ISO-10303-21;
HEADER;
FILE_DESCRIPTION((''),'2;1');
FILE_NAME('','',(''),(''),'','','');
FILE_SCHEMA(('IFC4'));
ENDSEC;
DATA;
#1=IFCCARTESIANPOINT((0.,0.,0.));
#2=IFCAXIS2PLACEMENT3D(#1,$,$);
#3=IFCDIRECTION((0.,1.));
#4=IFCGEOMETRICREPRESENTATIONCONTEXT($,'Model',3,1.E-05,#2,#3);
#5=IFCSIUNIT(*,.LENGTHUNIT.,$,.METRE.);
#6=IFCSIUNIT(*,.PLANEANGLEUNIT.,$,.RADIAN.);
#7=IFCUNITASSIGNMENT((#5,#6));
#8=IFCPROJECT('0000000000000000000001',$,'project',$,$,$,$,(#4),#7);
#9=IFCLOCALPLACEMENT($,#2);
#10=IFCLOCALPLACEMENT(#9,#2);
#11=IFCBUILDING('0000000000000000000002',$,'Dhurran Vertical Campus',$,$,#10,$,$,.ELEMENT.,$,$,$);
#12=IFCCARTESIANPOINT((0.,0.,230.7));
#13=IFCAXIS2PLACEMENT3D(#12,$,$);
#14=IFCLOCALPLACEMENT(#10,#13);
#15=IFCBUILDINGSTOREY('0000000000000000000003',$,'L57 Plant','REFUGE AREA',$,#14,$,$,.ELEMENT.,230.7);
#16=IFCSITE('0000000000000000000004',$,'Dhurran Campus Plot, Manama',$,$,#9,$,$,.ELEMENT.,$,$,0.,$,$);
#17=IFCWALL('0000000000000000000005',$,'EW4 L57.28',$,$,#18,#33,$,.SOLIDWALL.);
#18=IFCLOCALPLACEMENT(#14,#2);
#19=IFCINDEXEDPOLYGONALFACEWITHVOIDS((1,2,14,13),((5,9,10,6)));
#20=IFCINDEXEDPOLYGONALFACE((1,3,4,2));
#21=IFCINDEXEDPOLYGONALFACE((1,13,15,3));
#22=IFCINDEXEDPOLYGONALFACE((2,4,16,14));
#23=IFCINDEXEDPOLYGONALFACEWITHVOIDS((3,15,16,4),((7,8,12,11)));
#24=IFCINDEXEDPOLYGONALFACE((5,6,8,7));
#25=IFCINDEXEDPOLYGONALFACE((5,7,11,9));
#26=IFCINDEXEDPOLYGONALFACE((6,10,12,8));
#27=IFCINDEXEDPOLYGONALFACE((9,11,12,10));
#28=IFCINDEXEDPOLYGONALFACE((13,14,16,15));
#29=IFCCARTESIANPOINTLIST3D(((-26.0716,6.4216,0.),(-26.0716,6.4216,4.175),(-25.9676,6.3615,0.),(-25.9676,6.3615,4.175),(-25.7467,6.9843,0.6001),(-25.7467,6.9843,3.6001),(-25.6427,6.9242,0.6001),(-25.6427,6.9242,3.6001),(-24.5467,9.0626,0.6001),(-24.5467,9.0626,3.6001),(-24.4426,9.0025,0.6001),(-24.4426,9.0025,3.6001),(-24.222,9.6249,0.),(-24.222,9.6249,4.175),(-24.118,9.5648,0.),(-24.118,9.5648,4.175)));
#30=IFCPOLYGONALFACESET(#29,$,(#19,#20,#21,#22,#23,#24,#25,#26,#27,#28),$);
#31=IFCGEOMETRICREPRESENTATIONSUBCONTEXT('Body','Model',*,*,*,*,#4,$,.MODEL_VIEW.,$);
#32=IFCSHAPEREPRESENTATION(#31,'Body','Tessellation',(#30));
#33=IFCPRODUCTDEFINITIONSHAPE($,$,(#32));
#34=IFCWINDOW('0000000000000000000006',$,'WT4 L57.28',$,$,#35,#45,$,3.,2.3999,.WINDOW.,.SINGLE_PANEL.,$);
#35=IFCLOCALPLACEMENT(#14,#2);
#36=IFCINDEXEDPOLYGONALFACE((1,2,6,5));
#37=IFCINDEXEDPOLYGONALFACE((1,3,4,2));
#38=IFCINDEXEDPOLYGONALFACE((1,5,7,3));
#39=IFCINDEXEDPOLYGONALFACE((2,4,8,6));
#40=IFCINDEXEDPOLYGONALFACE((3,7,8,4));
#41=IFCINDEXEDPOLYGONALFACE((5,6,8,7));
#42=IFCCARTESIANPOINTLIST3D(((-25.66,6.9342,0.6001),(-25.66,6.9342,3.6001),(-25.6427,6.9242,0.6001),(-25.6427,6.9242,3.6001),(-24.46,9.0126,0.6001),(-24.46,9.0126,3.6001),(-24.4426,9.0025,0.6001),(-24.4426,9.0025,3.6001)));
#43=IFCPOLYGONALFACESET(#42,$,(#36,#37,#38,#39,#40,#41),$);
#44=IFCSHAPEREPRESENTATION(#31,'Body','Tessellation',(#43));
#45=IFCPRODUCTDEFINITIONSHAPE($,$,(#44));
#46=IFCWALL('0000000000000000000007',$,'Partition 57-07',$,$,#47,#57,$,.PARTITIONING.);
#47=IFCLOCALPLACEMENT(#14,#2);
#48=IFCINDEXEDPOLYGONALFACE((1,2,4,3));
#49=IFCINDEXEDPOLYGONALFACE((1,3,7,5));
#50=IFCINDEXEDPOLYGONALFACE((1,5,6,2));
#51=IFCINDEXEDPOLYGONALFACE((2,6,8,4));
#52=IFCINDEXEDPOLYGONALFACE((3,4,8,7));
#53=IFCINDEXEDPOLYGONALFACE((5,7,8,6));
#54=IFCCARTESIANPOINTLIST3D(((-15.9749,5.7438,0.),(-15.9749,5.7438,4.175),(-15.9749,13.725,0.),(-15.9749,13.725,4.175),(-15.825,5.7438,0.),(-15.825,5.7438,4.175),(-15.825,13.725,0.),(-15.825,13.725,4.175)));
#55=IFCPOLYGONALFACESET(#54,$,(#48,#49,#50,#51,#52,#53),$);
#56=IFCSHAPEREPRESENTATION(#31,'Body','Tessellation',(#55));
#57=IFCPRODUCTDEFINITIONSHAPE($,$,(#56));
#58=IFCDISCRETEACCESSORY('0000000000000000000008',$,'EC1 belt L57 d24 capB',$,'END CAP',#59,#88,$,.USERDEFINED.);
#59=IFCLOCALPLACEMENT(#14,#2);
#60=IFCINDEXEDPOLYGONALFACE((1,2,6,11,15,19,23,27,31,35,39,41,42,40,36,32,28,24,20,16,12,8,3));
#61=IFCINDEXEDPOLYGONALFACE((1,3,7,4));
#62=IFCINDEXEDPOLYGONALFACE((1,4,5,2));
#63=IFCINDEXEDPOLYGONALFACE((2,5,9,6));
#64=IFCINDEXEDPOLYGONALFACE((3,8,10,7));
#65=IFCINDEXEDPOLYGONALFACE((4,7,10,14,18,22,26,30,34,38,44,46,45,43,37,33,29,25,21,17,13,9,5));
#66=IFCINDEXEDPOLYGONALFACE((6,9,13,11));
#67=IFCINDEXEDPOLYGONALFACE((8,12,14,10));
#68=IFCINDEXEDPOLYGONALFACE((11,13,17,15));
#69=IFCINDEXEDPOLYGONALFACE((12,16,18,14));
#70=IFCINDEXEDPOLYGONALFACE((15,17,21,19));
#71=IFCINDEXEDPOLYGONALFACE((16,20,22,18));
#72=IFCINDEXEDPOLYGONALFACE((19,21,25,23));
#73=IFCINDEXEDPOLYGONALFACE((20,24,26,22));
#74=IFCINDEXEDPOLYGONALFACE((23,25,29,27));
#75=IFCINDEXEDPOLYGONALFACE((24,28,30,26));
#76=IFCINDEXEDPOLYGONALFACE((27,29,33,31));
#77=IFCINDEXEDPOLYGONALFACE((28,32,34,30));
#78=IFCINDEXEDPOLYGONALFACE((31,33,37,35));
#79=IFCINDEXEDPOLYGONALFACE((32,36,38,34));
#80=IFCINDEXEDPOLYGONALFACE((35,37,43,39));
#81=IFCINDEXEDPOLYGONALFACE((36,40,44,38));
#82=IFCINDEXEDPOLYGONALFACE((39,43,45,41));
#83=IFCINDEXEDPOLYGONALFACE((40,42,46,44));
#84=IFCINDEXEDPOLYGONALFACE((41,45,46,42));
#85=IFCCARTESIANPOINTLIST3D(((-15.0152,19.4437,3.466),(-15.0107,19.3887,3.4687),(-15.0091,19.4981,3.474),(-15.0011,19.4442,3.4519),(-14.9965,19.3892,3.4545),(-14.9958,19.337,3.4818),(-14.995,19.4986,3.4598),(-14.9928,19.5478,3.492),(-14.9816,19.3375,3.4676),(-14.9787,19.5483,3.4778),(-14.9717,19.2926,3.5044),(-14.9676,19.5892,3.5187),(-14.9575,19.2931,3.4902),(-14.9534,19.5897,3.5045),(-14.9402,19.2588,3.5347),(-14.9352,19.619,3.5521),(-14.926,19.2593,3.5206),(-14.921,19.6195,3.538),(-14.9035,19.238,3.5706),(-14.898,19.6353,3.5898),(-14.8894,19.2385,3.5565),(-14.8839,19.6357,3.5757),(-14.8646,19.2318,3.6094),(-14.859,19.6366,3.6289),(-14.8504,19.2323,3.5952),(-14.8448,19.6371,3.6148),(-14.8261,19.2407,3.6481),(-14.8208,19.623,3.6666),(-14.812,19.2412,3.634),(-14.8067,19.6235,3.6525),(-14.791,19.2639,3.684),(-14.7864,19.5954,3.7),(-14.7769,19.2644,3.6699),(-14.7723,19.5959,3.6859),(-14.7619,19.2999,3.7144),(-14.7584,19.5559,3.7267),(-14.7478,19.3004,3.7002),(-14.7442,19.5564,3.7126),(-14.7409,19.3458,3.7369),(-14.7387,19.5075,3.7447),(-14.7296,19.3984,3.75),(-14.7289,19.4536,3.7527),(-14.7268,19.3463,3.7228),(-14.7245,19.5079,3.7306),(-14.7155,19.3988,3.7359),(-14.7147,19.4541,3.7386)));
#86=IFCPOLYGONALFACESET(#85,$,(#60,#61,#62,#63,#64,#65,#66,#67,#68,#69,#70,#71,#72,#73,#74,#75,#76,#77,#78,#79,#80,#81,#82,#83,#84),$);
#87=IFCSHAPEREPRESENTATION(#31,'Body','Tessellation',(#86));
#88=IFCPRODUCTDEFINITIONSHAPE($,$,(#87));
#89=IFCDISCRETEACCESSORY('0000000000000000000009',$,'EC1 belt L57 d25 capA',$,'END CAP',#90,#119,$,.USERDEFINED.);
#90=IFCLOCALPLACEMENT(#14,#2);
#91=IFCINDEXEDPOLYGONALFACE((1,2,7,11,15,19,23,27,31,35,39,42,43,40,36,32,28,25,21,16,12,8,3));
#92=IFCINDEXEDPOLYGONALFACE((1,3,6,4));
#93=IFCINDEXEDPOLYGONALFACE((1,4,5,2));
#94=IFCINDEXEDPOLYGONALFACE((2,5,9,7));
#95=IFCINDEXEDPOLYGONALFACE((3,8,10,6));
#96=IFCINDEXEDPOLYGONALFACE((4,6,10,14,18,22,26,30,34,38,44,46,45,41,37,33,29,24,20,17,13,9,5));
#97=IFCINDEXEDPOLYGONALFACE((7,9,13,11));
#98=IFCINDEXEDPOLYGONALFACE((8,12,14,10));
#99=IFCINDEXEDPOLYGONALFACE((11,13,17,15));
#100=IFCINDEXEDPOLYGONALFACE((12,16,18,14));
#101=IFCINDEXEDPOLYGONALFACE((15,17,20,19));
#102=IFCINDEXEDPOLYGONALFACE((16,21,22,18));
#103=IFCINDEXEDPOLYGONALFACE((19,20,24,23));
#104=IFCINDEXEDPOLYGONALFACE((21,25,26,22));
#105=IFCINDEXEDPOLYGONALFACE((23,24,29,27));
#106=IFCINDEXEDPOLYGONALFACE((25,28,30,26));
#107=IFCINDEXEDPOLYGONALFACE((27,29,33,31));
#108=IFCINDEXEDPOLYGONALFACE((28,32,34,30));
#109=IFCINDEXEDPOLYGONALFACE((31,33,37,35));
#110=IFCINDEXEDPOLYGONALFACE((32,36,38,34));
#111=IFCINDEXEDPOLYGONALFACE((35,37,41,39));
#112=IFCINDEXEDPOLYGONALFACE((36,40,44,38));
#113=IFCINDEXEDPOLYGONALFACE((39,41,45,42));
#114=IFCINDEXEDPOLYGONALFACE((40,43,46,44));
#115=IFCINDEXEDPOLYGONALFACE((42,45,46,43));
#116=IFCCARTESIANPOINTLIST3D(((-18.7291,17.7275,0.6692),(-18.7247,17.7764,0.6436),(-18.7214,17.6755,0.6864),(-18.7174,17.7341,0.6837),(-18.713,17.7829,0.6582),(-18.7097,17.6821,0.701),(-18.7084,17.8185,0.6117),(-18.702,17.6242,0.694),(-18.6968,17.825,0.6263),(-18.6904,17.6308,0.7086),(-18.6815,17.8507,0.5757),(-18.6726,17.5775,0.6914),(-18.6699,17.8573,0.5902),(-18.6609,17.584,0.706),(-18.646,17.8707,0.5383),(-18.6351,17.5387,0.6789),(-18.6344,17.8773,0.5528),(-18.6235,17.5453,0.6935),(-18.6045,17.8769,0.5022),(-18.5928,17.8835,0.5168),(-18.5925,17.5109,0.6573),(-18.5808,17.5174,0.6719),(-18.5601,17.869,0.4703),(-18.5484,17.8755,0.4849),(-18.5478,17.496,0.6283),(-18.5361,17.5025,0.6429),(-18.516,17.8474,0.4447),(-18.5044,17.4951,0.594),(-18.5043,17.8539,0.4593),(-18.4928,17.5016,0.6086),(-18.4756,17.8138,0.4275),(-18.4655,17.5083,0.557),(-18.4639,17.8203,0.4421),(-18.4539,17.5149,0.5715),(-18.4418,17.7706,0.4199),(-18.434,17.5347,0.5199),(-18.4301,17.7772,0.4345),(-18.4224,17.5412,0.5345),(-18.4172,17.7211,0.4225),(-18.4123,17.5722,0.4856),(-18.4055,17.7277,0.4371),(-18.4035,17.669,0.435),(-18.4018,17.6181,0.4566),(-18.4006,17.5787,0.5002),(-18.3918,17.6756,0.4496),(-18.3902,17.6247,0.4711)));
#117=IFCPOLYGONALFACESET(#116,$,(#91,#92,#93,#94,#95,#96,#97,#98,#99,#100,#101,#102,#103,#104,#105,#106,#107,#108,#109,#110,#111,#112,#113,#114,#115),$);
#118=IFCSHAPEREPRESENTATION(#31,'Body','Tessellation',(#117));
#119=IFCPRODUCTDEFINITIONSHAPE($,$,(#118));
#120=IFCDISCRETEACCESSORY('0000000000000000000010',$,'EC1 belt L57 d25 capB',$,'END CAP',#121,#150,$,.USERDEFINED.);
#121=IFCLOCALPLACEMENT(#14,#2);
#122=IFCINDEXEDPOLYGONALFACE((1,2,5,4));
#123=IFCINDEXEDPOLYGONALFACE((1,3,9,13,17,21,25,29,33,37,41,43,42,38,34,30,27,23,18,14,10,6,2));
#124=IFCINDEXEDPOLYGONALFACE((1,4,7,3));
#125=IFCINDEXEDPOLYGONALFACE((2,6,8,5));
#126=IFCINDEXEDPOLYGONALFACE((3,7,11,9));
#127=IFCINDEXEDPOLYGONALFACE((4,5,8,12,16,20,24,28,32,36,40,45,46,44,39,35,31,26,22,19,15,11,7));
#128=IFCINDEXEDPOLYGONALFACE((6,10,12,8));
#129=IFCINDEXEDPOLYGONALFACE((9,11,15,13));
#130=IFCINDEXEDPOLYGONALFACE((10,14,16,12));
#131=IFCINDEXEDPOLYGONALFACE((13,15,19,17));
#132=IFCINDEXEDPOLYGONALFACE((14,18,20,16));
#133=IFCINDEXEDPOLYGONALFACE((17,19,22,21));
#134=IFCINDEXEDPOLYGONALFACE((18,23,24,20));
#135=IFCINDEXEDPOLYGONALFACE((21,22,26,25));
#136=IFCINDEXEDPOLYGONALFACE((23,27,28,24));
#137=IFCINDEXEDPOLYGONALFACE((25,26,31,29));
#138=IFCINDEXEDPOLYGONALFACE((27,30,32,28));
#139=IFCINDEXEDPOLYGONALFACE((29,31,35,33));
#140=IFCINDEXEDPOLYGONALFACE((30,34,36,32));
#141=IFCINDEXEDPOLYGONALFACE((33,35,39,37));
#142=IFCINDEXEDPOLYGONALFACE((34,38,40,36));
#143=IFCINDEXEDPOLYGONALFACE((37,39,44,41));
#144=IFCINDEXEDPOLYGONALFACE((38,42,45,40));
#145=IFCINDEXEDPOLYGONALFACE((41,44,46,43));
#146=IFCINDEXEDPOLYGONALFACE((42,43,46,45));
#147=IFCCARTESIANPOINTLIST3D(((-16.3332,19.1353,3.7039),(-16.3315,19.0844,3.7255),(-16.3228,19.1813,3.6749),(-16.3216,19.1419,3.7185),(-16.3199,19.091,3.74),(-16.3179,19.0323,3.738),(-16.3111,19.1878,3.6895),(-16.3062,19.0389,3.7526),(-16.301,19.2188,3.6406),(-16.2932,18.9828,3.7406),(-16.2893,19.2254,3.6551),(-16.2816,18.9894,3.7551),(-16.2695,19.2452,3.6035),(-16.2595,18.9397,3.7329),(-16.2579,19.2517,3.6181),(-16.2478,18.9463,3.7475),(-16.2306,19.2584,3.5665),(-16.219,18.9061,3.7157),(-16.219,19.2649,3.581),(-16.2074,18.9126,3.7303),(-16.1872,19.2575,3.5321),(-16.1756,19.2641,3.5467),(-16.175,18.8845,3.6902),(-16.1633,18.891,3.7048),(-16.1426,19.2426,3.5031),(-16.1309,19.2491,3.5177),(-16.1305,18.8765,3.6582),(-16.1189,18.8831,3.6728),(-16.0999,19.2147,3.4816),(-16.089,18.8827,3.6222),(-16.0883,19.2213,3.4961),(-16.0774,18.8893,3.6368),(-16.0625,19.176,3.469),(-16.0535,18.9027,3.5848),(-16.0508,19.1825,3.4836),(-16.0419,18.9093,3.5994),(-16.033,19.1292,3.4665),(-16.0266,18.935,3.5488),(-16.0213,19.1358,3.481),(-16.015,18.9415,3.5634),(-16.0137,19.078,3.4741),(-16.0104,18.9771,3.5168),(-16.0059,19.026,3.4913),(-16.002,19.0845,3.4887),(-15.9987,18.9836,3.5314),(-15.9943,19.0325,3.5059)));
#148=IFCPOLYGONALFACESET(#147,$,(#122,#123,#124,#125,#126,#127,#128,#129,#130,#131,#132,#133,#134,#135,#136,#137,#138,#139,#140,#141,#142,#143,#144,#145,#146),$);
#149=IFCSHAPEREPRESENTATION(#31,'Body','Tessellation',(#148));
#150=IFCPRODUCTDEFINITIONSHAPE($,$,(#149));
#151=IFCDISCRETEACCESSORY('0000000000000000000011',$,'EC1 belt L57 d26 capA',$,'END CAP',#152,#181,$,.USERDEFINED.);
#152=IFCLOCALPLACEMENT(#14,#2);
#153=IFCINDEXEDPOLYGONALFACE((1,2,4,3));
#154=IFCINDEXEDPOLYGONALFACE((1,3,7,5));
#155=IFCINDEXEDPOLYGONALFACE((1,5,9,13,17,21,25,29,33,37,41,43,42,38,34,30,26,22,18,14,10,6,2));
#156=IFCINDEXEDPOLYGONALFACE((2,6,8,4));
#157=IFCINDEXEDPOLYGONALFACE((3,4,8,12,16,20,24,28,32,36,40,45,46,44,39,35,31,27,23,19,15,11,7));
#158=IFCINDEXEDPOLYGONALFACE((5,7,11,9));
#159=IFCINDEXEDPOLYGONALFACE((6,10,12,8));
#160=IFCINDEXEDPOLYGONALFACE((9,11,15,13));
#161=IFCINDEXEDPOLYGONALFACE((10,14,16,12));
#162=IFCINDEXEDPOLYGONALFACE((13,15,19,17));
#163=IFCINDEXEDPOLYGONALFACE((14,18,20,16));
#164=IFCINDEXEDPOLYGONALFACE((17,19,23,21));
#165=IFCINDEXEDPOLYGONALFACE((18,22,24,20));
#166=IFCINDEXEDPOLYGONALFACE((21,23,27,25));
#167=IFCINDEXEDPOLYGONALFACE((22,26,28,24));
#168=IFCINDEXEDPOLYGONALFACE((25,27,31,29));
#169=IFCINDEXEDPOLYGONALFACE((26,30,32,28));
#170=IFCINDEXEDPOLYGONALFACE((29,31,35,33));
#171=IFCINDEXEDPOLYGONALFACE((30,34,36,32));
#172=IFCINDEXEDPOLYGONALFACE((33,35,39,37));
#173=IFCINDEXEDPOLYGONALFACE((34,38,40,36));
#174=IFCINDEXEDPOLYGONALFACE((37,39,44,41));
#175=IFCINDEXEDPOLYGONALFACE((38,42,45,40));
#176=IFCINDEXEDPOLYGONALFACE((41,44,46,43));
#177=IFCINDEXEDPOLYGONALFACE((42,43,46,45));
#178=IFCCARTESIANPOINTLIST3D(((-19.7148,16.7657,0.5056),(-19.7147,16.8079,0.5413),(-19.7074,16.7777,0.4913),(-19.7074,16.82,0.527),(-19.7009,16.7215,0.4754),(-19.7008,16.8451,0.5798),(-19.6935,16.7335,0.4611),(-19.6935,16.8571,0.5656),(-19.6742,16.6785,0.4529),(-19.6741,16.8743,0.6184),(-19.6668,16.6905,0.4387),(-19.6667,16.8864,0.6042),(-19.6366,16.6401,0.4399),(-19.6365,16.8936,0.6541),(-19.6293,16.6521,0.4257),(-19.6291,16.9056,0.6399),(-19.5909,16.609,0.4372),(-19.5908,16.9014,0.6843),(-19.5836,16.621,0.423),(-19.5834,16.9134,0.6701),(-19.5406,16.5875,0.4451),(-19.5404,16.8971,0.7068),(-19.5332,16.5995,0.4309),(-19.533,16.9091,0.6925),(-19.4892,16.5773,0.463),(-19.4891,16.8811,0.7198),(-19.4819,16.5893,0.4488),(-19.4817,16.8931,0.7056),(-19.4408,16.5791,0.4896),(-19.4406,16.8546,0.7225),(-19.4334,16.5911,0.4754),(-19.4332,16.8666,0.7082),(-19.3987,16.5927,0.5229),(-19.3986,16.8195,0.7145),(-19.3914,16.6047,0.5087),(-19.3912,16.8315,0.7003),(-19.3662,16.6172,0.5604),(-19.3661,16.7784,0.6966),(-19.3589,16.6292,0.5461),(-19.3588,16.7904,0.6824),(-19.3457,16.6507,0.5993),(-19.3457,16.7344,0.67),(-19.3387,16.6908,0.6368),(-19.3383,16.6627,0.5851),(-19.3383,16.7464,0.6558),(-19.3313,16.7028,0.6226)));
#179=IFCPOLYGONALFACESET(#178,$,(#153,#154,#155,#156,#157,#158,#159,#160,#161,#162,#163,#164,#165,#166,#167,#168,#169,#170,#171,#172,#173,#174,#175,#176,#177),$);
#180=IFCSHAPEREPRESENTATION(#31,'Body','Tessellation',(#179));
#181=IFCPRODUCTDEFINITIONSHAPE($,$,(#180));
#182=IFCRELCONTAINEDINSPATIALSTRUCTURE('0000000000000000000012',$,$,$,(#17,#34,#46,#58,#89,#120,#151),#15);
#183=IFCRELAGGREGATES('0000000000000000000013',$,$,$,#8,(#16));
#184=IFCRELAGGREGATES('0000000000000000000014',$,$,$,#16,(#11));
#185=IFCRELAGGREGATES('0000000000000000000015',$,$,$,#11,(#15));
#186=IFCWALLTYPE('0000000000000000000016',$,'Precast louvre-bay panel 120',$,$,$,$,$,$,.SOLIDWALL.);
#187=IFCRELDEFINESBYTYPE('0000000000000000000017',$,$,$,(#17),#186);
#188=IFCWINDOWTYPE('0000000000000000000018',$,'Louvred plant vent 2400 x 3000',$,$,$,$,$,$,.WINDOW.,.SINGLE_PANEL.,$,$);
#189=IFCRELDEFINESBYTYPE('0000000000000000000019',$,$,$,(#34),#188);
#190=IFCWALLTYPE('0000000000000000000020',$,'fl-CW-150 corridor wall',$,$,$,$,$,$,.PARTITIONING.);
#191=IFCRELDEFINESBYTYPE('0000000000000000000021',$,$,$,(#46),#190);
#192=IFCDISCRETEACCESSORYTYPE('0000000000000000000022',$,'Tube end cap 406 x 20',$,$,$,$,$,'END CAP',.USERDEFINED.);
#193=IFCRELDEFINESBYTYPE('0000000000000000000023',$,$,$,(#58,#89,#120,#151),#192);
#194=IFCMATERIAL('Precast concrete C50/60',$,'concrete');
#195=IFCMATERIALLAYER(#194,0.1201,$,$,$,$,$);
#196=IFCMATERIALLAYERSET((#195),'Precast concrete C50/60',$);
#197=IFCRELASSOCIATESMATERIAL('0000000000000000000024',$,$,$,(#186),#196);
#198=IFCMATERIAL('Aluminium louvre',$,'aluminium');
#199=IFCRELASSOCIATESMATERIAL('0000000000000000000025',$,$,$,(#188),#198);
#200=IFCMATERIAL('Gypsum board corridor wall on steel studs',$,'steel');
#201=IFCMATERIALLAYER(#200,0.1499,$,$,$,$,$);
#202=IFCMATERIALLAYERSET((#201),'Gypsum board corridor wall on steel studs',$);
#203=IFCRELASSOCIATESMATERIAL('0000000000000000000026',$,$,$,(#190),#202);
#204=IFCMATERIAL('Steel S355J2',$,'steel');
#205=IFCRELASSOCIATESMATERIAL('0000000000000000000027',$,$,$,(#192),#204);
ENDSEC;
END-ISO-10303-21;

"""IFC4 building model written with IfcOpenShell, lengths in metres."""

from ifc_helpers import new_model, si_unit, direction, frame, frame_2d, origin, origin_2d, place, context, subcontext, project, spatial, rectangle, circle, extrude, material, layer, layer_set, material_profile, profile_set, type_object, element, fill, save


model = new_model("IFC4")

# Units and contexts
model_context = context("Model", 3, precision=1e-05, world=origin(), true_north=direction((0.0, 1.0)))
body_context = subcontext(model_context, "Body", "Model", "MODEL_VIEW")
ifc_project = project(units=[si_unit("LENGTHUNIT", "METRE"), si_unit("PLANEANGLEUNIT", "RADIAN")], contexts=[model_context])

# Site, building, storey
site_placement = place(None, origin())
site = spatial("IfcSite", under=ifc_project, at=site_placement, Name="Dhurran Campus Plot, Manama", CompositionType="ELEMENT", RefElevation=0.0)
building_placement = place(site_placement, origin())
building = spatial("IfcBuilding", under=site, at=building_placement, Name="Dhurran Vertical Campus", CompositionType="ELEMENT")
storey_placement = place(building_placement, frame((0.0, 0.0, 230.7)))
storey = spatial("IfcBuildingStorey", under=building, at=storey_placement, Name="L57 Plant", Description="REFUGE AREA", CompositionType="ELEMENT", Elevation=230.7)

# Wall, opening, window
ifc_material_1 = material(Name="Precast concrete C50/60", Category="concrete")
ifc_layer_1 = layer(ifc_material_1, 0.1201)
ifc_layer_set_1 = layer_set([ifc_layer_1], Name="Precast concrete C50/60")
wall_type_1 = type_object("IfcWallType", Name="Precast louvre-bay panel 120", PredefinedType="SOLIDWALL", material=ifc_layer_set_1)
ifc_material_2 = material(Name="Aluminium louvre", Category="aluminium")
window_type = type_object("IfcWindowType", Name="Louvred plant vent 2400 x 3000", PartitioningType="SINGLE_PANEL", PredefinedType="WINDOW", material=ifc_material_2)
wall_1_placement = place(storey_placement, frame((-24.1699, 9.595, 0.0), z_axis=(0.0, 0.0, 1.0), x_axis=(-0.500029, -0.866009, 0.0)))
wall_1 = element("IfcWall", 1, at=wall_1_placement, inside=storey, type_object=wall_type_1, Name="EW4 L57.28", PredefinedType="SOLIDWALL", context=body_context, shape_type="SweptSolid", body=[
    extrude(rectangle(XDim=3.699, YDim=0.1201, at=frame_2d((1.8496, 0.0))), origin(), (0.0, 0.0, 1.0), 4.175),
])
opening_1_placement = place(wall_1_placement, frame((0.6494, 0.0, 0.6001)))
opening_1 = element("IfcOpeningElement", 2, at=opening_1_placement, cuts=wall_1, PredefinedType="OPENING", context=body_context, shape_type="SweptSolid", body=[
    extrude(rectangle(XDim=2.3999, YDim=3.0, at=frame_2d((1.2, 1.5))), frame((0.0, 0.0701, 0.0), z_axis=(0.0, -1.0, 0.0), x_axis=(1.0, 0.0, 0.0)), (0.0, 0.0, 1.0), 0.1401),
])
window_1_placement = place(opening_1_placement, origin())
window_1 = element("IfcWindow", 3, at=window_1_placement, inside=storey, type_object=window_type, Name="WT4 L57.28", OverallHeight=3.0, OverallWidth=2.3999, PartitioningType="SINGLE_PANEL", PredefinedType="WINDOW", context=body_context, shape_type="SweptSolid", body=[
    extrude(rectangle(XDim=2.3999, YDim=3.0, at=frame_2d((1.2, 1.5))), frame((0.0, 0.0601, 0.0), z_axis=(0.0, -1.0, 0.0), x_axis=(1.0, 0.0, 0.0)), (0.0, 0.0, 1.0), 0.02),
])
fill(opening_1, window_1)

# Wall
ifc_material_3 = material(Name="Gypsum board corridor wall on steel studs", Category="steel")
ifc_layer_2 = layer(ifc_material_3, 0.1499)
ifc_layer_set_2 = layer_set([ifc_layer_2], Name="Gypsum board corridor wall on steel studs")
wall_type_2 = type_object("IfcWallType", Name="fl-CW-150 corridor wall", PredefinedType="PARTITIONING", material=ifc_layer_set_2)
wall_2_placement = place(storey_placement, frame((-15.8999, 13.7251, 0.0), z_axis=(0.0, 0.0, 1.0), x_axis=(0.0, -1.0, 0.0)))
element("IfcWall", 4, at=wall_2_placement, inside=storey, type_object=wall_type_2, Name="Partition 57-07", PredefinedType="PARTITIONING", context=body_context, shape_type="SweptSolid", body=[
    extrude(rectangle(XDim=7.9812, YDim=0.1499, at=frame_2d((3.9907, 0.0))), origin(), (0.0, 0.0, 1.0), 4.175),
])

# Discrete accessories
ifc_material_4 = material(Name="Steel S355J2", Category="steel")
ifc_material_profile_1 = material_profile(ifc_material_4, circle(Radius=0.2031, at=origin_2d()), Name="Tube end cap 406 x 20")
ifc_profile_set_1 = profile_set([ifc_material_profile_1], Name="Steel S355J2")
discrete_accessory_type = type_object("IfcDiscreteAccessoryType", Name="Tube end cap 406 x 20", ElementType="END CAP", PredefinedType="USERDEFINED", material=ifc_profile_set_1)
discrete_accessory_1_placement = place(storey_placement, frame((-14.8574, 19.4353, 3.5952), z_axis=(-0.706897, -0.024376, 0.706897), x_axis=(0.034462, -0.999406, 0.0)))
element("IfcDiscreteAccessory", 5, at=discrete_accessory_1_placement, inside=storey, type_object=discrete_accessory_type, Name="EC1 belt L57 d24 capB", ObjectType="END CAP", PredefinedType="USERDEFINED", context=body_context, shape_type="SweptSolid", body=[
    extrude(circle(Radius=0.2031, at=origin_2d()), origin(), (0.0, 0.0, 1.0), 0.02),
])
for number, where, z_axis, x_axis, name in (
    (6, (-18.5535, 17.6919, 0.5715), (-0.589368, -0.331519, -0.736709), (0.490261, -0.871576, 0.0), "EC1 belt L57 d25 capA"),
    (7, (-16.1699, 19.0681, 3.6035), (0.589368, 0.331519, 0.736709), (-0.490261, 0.871576, 0.0), "EC1 belt L57 d25 capB"),
):
    element("IfcDiscreteAccessory", number, at=place(storey_placement, frame(where, z_axis=z_axis, x_axis=x_axis)), inside=storey, type_object=discrete_accessory_type, Name=name, ObjectType="END CAP", PredefinedType="USERDEFINED", context=body_context, shape_type="SweptSolid", body=[
        extrude(circle(Radius=0.2031, at=origin_2d()), origin(), (0.0, 0.0, 1.0), 0.0198),
    ])
for number, where, z_axis, x_axis, name in (
    (8, (-19.5276, 16.739, 0.5798), (0.367469, 0.6002, -0.710441), (-0.852851, 0.522154, 0.0), "EC1 belt L57 d26 capA"),
):
    element("IfcDiscreteAccessory", number, at=place(storey_placement, frame(where, z_axis=z_axis, x_axis=x_axis)), inside=storey, type_object=discrete_accessory_type, Name=name, ObjectType="END CAP", PredefinedType="USERDEFINED", context=body_context, shape_type="SweptSolid", body=[
        extrude(circle(Radius=0.2031, at=origin_2d()), origin(), (0.0, 0.0, 1.0), 0.02),
    ])

save(model, "model.ifc")
